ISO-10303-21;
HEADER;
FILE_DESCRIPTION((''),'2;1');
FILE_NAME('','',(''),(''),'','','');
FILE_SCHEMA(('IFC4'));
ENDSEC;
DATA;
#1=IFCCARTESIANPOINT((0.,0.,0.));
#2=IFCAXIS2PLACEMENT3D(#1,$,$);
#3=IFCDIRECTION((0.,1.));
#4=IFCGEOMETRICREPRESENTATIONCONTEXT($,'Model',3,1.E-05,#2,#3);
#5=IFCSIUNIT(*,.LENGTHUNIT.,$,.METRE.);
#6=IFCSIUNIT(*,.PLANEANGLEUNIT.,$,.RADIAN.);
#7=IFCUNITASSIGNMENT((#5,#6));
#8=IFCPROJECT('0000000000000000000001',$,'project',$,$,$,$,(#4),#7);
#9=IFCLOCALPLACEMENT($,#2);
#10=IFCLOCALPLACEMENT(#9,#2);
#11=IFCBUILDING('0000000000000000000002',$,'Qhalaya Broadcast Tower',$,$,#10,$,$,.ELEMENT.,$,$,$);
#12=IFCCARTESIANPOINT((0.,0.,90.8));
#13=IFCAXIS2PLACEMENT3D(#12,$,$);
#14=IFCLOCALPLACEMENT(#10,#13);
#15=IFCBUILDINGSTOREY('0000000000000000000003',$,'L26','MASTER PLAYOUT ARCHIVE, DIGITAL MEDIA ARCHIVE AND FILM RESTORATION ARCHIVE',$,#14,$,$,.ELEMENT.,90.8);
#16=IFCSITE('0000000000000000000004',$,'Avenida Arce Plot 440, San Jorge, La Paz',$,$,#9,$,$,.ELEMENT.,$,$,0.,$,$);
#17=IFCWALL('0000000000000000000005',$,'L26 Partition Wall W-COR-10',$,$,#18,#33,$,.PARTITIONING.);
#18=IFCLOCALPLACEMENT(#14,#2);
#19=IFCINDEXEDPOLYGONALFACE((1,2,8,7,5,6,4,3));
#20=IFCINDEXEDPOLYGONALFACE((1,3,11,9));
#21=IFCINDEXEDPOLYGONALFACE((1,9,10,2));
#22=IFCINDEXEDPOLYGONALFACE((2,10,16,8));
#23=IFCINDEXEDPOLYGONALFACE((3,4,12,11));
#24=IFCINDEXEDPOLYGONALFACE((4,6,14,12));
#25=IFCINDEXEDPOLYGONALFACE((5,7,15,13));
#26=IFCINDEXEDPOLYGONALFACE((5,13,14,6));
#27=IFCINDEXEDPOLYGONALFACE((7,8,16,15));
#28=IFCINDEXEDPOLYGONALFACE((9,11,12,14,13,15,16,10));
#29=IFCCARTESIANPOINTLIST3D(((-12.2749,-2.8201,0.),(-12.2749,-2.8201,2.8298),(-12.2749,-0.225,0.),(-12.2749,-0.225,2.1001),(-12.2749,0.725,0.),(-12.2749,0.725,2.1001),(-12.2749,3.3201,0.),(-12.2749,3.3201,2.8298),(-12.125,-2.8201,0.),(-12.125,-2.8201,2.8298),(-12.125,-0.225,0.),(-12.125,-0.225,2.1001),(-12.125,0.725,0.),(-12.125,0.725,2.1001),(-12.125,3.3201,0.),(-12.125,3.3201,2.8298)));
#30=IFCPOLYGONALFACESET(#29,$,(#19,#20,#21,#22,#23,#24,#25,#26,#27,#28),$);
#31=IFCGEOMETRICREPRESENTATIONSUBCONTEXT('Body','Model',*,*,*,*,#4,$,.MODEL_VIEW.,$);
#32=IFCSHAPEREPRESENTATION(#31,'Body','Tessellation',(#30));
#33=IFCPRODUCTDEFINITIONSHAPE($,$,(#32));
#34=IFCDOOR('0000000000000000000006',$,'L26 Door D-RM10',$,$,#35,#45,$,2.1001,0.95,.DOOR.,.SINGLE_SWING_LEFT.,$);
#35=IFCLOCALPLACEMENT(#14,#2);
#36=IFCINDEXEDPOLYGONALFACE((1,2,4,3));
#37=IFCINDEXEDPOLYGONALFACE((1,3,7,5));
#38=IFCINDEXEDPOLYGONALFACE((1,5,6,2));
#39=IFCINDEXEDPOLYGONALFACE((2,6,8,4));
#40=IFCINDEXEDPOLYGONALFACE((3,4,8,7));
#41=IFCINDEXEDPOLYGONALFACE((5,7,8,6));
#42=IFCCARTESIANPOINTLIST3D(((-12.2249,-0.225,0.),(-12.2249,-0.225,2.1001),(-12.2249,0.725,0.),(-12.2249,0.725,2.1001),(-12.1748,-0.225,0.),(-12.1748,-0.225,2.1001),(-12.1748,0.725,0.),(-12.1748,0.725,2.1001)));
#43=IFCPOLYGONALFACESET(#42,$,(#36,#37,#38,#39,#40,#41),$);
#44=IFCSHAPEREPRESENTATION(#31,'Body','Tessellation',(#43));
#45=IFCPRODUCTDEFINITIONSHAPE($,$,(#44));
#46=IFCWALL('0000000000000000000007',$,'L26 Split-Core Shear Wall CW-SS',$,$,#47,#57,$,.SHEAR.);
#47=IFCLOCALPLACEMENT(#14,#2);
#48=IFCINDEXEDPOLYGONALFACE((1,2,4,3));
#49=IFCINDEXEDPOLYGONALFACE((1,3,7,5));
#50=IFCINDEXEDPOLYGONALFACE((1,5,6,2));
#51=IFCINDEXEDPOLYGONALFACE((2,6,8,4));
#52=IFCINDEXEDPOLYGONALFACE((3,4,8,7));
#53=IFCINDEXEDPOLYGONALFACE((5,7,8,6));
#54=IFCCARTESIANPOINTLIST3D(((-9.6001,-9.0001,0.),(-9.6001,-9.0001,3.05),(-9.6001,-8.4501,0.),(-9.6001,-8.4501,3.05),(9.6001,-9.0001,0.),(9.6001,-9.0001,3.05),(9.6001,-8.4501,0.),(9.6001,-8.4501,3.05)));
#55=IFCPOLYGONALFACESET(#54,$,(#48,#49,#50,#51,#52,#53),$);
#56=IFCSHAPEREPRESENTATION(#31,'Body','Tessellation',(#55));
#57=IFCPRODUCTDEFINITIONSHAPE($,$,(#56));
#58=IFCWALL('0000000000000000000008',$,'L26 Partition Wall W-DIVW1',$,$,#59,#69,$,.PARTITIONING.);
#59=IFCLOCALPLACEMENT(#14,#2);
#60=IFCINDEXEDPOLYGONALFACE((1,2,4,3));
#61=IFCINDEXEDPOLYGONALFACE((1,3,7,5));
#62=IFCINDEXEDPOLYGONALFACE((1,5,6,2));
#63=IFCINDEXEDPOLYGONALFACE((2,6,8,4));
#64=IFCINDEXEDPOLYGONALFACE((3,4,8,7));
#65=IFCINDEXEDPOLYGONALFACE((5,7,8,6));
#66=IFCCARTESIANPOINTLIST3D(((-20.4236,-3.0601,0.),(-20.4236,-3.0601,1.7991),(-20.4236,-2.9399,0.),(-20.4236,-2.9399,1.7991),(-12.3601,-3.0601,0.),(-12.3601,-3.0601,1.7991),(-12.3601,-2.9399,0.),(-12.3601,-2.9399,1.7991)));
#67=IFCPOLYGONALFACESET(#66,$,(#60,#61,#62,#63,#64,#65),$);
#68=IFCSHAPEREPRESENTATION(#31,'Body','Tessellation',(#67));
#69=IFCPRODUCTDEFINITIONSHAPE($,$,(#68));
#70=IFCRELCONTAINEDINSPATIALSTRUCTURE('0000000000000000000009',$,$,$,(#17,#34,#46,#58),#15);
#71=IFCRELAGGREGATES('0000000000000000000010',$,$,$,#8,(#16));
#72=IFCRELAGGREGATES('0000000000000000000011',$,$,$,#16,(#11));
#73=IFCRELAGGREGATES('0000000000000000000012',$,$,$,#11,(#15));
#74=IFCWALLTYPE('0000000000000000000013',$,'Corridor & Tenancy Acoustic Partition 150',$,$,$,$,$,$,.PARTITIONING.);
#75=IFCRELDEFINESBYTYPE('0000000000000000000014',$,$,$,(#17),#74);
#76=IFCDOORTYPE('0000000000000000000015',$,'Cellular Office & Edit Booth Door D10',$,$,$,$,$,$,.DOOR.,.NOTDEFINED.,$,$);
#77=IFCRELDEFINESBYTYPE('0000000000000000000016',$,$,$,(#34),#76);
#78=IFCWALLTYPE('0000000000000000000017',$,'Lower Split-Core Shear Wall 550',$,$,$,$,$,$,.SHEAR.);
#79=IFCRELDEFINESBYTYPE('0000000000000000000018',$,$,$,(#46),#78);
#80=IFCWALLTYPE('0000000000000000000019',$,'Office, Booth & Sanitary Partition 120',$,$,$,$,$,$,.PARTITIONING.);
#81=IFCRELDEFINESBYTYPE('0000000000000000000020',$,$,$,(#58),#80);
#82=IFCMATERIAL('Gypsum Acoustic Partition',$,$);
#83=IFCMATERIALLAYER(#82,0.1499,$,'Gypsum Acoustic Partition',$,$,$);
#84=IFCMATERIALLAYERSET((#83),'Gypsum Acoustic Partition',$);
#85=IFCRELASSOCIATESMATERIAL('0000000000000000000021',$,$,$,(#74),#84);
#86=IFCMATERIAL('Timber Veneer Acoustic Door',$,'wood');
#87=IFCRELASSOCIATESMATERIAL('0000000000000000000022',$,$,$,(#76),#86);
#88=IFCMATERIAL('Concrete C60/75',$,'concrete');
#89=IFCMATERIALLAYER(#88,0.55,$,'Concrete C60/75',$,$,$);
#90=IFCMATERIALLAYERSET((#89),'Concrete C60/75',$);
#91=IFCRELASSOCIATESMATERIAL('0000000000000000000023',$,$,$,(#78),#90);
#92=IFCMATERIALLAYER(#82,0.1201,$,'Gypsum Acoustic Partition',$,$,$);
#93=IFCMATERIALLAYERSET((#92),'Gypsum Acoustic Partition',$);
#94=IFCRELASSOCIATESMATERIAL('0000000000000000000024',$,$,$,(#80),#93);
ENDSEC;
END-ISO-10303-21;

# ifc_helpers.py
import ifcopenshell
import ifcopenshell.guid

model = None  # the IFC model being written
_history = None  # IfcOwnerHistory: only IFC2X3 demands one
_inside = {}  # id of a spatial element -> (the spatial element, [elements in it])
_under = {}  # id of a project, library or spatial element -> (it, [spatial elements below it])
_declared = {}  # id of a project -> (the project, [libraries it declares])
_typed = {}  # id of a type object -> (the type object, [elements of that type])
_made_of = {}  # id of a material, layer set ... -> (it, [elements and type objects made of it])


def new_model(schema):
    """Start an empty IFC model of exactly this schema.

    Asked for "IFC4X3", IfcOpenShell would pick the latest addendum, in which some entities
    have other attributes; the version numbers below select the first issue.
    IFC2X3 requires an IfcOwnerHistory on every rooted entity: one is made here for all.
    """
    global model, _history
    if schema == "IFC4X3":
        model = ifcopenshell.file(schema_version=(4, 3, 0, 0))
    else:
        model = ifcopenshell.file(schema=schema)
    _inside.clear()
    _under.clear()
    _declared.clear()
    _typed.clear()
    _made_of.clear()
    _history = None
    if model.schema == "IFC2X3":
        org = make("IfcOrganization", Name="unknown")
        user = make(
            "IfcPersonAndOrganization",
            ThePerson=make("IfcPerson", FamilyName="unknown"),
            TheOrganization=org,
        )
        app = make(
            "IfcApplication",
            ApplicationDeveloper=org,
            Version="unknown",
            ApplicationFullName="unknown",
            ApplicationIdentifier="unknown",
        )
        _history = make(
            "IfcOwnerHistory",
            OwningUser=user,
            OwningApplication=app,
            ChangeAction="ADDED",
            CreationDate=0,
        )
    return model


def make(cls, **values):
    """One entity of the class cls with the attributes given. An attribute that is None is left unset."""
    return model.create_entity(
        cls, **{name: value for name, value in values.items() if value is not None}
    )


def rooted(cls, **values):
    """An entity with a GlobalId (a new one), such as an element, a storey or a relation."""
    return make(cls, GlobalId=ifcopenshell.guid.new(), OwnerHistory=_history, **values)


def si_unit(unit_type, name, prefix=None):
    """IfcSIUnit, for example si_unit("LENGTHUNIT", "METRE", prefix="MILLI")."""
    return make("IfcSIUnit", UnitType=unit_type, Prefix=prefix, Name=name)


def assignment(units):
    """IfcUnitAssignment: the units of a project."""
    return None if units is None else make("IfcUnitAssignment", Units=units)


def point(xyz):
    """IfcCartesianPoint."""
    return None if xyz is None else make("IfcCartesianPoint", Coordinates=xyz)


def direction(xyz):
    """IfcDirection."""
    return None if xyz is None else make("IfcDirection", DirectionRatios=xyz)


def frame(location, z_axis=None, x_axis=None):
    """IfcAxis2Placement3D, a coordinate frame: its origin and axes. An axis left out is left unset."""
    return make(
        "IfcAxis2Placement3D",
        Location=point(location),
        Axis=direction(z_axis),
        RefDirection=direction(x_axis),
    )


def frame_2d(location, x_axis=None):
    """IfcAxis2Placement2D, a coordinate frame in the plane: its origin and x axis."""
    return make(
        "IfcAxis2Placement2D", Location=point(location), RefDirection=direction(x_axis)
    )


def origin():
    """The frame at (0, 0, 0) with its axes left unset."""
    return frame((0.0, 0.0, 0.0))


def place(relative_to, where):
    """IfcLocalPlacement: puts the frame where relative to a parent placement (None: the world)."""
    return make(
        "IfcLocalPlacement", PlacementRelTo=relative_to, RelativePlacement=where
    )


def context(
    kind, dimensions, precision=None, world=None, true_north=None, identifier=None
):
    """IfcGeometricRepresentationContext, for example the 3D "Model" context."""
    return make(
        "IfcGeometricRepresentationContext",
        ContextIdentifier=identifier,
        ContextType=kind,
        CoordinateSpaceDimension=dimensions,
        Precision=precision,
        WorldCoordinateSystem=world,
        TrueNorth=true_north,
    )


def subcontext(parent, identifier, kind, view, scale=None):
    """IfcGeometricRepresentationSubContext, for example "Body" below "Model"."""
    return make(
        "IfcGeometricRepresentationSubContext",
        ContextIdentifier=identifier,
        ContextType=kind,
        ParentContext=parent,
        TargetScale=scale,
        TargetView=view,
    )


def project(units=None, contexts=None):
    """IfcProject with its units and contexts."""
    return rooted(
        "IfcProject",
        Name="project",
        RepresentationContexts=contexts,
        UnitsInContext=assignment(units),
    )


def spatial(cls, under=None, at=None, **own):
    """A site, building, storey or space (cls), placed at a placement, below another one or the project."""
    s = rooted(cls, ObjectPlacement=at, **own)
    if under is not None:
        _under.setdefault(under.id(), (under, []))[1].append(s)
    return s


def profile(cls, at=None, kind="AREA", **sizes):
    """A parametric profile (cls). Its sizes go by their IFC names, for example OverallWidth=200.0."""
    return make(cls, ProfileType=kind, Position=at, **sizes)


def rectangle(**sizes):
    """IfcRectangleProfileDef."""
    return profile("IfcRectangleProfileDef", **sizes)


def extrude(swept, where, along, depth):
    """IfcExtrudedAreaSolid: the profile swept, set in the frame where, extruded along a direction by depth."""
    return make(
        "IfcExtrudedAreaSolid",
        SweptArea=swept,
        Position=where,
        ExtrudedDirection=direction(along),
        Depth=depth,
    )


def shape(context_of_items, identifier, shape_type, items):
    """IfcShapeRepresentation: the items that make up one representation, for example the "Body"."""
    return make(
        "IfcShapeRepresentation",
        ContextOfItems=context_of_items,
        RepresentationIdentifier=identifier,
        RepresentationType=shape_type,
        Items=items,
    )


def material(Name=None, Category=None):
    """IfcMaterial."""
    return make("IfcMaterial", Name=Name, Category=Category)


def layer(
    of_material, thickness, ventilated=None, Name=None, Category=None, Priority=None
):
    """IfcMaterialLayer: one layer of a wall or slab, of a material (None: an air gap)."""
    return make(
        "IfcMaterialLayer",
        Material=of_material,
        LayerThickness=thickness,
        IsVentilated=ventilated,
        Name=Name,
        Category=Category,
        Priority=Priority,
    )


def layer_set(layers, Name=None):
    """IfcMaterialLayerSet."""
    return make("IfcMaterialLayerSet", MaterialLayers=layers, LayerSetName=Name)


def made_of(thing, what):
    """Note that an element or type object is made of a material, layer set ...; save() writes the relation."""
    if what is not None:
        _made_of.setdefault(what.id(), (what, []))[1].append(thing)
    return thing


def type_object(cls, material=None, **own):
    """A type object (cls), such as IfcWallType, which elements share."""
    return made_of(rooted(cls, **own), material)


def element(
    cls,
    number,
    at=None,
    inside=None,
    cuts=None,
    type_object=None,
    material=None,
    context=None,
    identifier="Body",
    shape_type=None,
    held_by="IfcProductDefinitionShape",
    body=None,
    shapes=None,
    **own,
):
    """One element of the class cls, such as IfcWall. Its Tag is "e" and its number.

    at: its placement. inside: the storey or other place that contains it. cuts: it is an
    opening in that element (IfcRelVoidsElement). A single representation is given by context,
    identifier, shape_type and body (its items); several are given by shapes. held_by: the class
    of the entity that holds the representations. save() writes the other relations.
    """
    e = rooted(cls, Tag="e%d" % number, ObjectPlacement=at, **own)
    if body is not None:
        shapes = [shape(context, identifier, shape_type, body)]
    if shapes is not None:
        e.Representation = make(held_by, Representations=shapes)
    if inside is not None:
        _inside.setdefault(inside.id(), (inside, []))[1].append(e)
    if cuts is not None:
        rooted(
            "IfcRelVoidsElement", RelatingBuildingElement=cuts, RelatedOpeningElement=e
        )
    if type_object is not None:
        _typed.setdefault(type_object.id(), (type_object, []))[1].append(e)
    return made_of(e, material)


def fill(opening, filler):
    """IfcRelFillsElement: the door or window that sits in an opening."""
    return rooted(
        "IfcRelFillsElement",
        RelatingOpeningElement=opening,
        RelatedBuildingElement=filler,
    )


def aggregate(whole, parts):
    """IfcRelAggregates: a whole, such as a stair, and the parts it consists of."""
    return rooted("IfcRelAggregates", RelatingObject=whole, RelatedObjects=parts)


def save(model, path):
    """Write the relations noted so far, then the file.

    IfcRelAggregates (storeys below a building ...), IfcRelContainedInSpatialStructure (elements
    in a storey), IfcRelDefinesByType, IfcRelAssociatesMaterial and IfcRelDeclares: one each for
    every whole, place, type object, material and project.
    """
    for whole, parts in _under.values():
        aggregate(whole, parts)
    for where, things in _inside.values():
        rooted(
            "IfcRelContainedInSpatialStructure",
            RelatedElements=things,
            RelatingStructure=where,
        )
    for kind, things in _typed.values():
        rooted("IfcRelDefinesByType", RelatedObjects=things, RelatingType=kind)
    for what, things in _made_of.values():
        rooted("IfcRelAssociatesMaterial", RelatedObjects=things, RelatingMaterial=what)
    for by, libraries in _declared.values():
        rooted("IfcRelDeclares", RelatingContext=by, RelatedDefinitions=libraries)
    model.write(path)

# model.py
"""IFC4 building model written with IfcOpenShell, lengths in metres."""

from ifc_helpers import new_model, si_unit, direction, frame, frame_2d, origin, place, context, subcontext, project, spatial, rectangle, extrude, material, layer, layer_set, type_object, element, fill, save


model = new_model("IFC4")

# Units and contexts
model_context = context("Model", 3, precision=1e-05, world=origin(), true_north=direction((0.0, 1.0)))
body_context = subcontext(model_context, "Body", "Model", "MODEL_VIEW")
ifc_project = project(units=[si_unit("LENGTHUNIT", "METRE"), si_unit("PLANEANGLEUNIT", "RADIAN")], contexts=[model_context])

# Site, building, storey
site_placement = place(None, origin())
site = spatial("IfcSite", under=ifc_project, at=site_placement, Name="Avenida Arce Plot 440, San Jorge, La Paz", CompositionType="ELEMENT", RefElevation=0.0)
building_placement = place(site_placement, origin())
building = spatial("IfcBuilding", under=site, at=building_placement, Name="Qhalaya Broadcast Tower", CompositionType="ELEMENT")
storey_placement = place(building_placement, frame((0.0, 0.0, 90.8)))
storey = spatial("IfcBuildingStorey", under=building, at=storey_placement, Name="L26", Description="MASTER PLAYOUT ARCHIVE, DIGITAL MEDIA ARCHIVE AND FILM RESTORATION ARCHIVE", CompositionType="ELEMENT", Elevation=90.8)

# Wall, opening, door
ifc_material_1 = material(Name="Gypsum Acoustic Partition")
ifc_layer_1 = layer(ifc_material_1, 0.1499, Name="Gypsum Acoustic Partition")
ifc_layer_set_1 = layer_set([ifc_layer_1], Name="Gypsum Acoustic Partition")
wall_type_1 = type_object("IfcWallType", Name="Corridor & Tenancy Acoustic Partition 150", PredefinedType="PARTITIONING", material=ifc_layer_set_1)
wall_1_placement = place(storey_placement, frame((-12.2, -2.8201, 0.0), z_axis=(0.0, 0.0, 1.0), x_axis=(0.0, 1.0, 0.0)))
wall_1 = element("IfcWall", 1, at=wall_1_placement, inside=storey, type_object=wall_type_1, Name="L26 Partition Wall W-COR-10", PredefinedType="PARTITIONING", context=body_context, shape_type="SweptSolid", body=[
    extrude(rectangle(XDim=6.1401, YDim=0.1499, at=frame_2d((3.0701, 0.0))), origin(), (0.0, 0.0, 1.0), 2.8298),
])
opening_1_placement = place(wall_1_placement, frame((2.595, 0.0, 0.0)))
opening_1 = element("IfcOpeningElement", 2, at=opening_1_placement, cuts=wall_1, PredefinedType="OPENING", context=body_context, shape_type="SweptSolid", body=[
    extrude(rectangle(XDim=0.95, YDim=2.1001, at=frame_2d((0.4751, 1.05))), frame((0.0, 0.0869, 0.0), z_axis=(0.0, -1.0, 0.0), x_axis=(1.0, 0.0, 0.0)), (0.0, 0.0, 1.0), 0.1738),
])
ifc_material_2 = material(Name="Timber Veneer Acoustic Door", Category="wood")
door_type_1 = type_object("IfcDoorType", Name="Cellular Office & Edit Booth Door D10", OperationType="NOTDEFINED", PredefinedType="DOOR", material=ifc_material_2)
door_1_placement = place(opening_1_placement, origin())
door_1 = element("IfcDoor", 3, at=door_1_placement, inside=storey, type_object=door_type_1, Name="L26 Door D-RM10", OperationType="SINGLE_SWING_LEFT", OverallHeight=2.1001, OverallWidth=0.95, PredefinedType="DOOR", context=body_context, shape_type="SweptSolid", body=[
    extrude(rectangle(XDim=0.95, YDim=2.1001, at=frame_2d((0.4751, 1.05))), frame((0.0, 0.0249, 0.0), z_axis=(0.0, -1.0, 0.0), x_axis=(1.0, 0.0, 0.0)), (0.0, 0.0, 1.0), 0.05),
])
fill(opening_1, door_1)

# Wall
ifc_material_3 = material(Name="Concrete C60/75", Category="concrete")
ifc_layer_2 = layer(ifc_material_3, 0.55, Name="Concrete C60/75")
ifc_layer_set_2 = layer_set([ifc_layer_2], Name="Concrete C60/75")
wall_type_2 = type_object("IfcWallType", Name="Lower Split-Core Shear Wall 550", PredefinedType="SHEAR", material=ifc_layer_set_2)
wall_2_placement = place(storey_placement, frame((-9.6001, -8.7251, 0.0), z_axis=(0.0, 0.0, 1.0), x_axis=(1.0, 0.0, 0.0)))
element("IfcWall", 4, at=wall_2_placement, inside=storey, type_object=wall_type_2, Name="L26 Split-Core Shear Wall CW-SS", PredefinedType="SHEAR", context=body_context, shape_type="SweptSolid", body=[
    extrude(rectangle(XDim=19.2002, YDim=0.55, at=frame_2d((9.6001, 0.0))), origin(), (0.0, 0.0, 1.0), 3.05),
])

# Wall
ifc_layer_3 = layer(ifc_material_1, 0.1201, Name="Gypsum Acoustic Partition")
ifc_layer_set_3 = layer_set([ifc_layer_3], Name="Gypsum Acoustic Partition")
wall_type_3 = type_object("IfcWallType", Name="Office, Booth & Sanitary Partition 120", PredefinedType="PARTITIONING", material=ifc_layer_set_3)
wall_3_placement = place(storey_placement, frame((-20.4236, -3.0, 0.0), z_axis=(0.0, 0.0, 1.0), x_axis=(1.0, 0.0, 0.0)))
element("IfcWall", 5, at=wall_3_placement, inside=storey, type_object=wall_type_3, Name="L26 Partition Wall W-DIVW1", PredefinedType="PARTITIONING", context=body_context, shape_type="SweptSolid", body=[
    extrude(rectangle(XDim=8.0635, YDim=0.1201, at=frame_2d((4.0317, 0.0))), origin(), (0.0, 0.0, 1.0), 1.7991),
])

save(model, "model.ifc")
